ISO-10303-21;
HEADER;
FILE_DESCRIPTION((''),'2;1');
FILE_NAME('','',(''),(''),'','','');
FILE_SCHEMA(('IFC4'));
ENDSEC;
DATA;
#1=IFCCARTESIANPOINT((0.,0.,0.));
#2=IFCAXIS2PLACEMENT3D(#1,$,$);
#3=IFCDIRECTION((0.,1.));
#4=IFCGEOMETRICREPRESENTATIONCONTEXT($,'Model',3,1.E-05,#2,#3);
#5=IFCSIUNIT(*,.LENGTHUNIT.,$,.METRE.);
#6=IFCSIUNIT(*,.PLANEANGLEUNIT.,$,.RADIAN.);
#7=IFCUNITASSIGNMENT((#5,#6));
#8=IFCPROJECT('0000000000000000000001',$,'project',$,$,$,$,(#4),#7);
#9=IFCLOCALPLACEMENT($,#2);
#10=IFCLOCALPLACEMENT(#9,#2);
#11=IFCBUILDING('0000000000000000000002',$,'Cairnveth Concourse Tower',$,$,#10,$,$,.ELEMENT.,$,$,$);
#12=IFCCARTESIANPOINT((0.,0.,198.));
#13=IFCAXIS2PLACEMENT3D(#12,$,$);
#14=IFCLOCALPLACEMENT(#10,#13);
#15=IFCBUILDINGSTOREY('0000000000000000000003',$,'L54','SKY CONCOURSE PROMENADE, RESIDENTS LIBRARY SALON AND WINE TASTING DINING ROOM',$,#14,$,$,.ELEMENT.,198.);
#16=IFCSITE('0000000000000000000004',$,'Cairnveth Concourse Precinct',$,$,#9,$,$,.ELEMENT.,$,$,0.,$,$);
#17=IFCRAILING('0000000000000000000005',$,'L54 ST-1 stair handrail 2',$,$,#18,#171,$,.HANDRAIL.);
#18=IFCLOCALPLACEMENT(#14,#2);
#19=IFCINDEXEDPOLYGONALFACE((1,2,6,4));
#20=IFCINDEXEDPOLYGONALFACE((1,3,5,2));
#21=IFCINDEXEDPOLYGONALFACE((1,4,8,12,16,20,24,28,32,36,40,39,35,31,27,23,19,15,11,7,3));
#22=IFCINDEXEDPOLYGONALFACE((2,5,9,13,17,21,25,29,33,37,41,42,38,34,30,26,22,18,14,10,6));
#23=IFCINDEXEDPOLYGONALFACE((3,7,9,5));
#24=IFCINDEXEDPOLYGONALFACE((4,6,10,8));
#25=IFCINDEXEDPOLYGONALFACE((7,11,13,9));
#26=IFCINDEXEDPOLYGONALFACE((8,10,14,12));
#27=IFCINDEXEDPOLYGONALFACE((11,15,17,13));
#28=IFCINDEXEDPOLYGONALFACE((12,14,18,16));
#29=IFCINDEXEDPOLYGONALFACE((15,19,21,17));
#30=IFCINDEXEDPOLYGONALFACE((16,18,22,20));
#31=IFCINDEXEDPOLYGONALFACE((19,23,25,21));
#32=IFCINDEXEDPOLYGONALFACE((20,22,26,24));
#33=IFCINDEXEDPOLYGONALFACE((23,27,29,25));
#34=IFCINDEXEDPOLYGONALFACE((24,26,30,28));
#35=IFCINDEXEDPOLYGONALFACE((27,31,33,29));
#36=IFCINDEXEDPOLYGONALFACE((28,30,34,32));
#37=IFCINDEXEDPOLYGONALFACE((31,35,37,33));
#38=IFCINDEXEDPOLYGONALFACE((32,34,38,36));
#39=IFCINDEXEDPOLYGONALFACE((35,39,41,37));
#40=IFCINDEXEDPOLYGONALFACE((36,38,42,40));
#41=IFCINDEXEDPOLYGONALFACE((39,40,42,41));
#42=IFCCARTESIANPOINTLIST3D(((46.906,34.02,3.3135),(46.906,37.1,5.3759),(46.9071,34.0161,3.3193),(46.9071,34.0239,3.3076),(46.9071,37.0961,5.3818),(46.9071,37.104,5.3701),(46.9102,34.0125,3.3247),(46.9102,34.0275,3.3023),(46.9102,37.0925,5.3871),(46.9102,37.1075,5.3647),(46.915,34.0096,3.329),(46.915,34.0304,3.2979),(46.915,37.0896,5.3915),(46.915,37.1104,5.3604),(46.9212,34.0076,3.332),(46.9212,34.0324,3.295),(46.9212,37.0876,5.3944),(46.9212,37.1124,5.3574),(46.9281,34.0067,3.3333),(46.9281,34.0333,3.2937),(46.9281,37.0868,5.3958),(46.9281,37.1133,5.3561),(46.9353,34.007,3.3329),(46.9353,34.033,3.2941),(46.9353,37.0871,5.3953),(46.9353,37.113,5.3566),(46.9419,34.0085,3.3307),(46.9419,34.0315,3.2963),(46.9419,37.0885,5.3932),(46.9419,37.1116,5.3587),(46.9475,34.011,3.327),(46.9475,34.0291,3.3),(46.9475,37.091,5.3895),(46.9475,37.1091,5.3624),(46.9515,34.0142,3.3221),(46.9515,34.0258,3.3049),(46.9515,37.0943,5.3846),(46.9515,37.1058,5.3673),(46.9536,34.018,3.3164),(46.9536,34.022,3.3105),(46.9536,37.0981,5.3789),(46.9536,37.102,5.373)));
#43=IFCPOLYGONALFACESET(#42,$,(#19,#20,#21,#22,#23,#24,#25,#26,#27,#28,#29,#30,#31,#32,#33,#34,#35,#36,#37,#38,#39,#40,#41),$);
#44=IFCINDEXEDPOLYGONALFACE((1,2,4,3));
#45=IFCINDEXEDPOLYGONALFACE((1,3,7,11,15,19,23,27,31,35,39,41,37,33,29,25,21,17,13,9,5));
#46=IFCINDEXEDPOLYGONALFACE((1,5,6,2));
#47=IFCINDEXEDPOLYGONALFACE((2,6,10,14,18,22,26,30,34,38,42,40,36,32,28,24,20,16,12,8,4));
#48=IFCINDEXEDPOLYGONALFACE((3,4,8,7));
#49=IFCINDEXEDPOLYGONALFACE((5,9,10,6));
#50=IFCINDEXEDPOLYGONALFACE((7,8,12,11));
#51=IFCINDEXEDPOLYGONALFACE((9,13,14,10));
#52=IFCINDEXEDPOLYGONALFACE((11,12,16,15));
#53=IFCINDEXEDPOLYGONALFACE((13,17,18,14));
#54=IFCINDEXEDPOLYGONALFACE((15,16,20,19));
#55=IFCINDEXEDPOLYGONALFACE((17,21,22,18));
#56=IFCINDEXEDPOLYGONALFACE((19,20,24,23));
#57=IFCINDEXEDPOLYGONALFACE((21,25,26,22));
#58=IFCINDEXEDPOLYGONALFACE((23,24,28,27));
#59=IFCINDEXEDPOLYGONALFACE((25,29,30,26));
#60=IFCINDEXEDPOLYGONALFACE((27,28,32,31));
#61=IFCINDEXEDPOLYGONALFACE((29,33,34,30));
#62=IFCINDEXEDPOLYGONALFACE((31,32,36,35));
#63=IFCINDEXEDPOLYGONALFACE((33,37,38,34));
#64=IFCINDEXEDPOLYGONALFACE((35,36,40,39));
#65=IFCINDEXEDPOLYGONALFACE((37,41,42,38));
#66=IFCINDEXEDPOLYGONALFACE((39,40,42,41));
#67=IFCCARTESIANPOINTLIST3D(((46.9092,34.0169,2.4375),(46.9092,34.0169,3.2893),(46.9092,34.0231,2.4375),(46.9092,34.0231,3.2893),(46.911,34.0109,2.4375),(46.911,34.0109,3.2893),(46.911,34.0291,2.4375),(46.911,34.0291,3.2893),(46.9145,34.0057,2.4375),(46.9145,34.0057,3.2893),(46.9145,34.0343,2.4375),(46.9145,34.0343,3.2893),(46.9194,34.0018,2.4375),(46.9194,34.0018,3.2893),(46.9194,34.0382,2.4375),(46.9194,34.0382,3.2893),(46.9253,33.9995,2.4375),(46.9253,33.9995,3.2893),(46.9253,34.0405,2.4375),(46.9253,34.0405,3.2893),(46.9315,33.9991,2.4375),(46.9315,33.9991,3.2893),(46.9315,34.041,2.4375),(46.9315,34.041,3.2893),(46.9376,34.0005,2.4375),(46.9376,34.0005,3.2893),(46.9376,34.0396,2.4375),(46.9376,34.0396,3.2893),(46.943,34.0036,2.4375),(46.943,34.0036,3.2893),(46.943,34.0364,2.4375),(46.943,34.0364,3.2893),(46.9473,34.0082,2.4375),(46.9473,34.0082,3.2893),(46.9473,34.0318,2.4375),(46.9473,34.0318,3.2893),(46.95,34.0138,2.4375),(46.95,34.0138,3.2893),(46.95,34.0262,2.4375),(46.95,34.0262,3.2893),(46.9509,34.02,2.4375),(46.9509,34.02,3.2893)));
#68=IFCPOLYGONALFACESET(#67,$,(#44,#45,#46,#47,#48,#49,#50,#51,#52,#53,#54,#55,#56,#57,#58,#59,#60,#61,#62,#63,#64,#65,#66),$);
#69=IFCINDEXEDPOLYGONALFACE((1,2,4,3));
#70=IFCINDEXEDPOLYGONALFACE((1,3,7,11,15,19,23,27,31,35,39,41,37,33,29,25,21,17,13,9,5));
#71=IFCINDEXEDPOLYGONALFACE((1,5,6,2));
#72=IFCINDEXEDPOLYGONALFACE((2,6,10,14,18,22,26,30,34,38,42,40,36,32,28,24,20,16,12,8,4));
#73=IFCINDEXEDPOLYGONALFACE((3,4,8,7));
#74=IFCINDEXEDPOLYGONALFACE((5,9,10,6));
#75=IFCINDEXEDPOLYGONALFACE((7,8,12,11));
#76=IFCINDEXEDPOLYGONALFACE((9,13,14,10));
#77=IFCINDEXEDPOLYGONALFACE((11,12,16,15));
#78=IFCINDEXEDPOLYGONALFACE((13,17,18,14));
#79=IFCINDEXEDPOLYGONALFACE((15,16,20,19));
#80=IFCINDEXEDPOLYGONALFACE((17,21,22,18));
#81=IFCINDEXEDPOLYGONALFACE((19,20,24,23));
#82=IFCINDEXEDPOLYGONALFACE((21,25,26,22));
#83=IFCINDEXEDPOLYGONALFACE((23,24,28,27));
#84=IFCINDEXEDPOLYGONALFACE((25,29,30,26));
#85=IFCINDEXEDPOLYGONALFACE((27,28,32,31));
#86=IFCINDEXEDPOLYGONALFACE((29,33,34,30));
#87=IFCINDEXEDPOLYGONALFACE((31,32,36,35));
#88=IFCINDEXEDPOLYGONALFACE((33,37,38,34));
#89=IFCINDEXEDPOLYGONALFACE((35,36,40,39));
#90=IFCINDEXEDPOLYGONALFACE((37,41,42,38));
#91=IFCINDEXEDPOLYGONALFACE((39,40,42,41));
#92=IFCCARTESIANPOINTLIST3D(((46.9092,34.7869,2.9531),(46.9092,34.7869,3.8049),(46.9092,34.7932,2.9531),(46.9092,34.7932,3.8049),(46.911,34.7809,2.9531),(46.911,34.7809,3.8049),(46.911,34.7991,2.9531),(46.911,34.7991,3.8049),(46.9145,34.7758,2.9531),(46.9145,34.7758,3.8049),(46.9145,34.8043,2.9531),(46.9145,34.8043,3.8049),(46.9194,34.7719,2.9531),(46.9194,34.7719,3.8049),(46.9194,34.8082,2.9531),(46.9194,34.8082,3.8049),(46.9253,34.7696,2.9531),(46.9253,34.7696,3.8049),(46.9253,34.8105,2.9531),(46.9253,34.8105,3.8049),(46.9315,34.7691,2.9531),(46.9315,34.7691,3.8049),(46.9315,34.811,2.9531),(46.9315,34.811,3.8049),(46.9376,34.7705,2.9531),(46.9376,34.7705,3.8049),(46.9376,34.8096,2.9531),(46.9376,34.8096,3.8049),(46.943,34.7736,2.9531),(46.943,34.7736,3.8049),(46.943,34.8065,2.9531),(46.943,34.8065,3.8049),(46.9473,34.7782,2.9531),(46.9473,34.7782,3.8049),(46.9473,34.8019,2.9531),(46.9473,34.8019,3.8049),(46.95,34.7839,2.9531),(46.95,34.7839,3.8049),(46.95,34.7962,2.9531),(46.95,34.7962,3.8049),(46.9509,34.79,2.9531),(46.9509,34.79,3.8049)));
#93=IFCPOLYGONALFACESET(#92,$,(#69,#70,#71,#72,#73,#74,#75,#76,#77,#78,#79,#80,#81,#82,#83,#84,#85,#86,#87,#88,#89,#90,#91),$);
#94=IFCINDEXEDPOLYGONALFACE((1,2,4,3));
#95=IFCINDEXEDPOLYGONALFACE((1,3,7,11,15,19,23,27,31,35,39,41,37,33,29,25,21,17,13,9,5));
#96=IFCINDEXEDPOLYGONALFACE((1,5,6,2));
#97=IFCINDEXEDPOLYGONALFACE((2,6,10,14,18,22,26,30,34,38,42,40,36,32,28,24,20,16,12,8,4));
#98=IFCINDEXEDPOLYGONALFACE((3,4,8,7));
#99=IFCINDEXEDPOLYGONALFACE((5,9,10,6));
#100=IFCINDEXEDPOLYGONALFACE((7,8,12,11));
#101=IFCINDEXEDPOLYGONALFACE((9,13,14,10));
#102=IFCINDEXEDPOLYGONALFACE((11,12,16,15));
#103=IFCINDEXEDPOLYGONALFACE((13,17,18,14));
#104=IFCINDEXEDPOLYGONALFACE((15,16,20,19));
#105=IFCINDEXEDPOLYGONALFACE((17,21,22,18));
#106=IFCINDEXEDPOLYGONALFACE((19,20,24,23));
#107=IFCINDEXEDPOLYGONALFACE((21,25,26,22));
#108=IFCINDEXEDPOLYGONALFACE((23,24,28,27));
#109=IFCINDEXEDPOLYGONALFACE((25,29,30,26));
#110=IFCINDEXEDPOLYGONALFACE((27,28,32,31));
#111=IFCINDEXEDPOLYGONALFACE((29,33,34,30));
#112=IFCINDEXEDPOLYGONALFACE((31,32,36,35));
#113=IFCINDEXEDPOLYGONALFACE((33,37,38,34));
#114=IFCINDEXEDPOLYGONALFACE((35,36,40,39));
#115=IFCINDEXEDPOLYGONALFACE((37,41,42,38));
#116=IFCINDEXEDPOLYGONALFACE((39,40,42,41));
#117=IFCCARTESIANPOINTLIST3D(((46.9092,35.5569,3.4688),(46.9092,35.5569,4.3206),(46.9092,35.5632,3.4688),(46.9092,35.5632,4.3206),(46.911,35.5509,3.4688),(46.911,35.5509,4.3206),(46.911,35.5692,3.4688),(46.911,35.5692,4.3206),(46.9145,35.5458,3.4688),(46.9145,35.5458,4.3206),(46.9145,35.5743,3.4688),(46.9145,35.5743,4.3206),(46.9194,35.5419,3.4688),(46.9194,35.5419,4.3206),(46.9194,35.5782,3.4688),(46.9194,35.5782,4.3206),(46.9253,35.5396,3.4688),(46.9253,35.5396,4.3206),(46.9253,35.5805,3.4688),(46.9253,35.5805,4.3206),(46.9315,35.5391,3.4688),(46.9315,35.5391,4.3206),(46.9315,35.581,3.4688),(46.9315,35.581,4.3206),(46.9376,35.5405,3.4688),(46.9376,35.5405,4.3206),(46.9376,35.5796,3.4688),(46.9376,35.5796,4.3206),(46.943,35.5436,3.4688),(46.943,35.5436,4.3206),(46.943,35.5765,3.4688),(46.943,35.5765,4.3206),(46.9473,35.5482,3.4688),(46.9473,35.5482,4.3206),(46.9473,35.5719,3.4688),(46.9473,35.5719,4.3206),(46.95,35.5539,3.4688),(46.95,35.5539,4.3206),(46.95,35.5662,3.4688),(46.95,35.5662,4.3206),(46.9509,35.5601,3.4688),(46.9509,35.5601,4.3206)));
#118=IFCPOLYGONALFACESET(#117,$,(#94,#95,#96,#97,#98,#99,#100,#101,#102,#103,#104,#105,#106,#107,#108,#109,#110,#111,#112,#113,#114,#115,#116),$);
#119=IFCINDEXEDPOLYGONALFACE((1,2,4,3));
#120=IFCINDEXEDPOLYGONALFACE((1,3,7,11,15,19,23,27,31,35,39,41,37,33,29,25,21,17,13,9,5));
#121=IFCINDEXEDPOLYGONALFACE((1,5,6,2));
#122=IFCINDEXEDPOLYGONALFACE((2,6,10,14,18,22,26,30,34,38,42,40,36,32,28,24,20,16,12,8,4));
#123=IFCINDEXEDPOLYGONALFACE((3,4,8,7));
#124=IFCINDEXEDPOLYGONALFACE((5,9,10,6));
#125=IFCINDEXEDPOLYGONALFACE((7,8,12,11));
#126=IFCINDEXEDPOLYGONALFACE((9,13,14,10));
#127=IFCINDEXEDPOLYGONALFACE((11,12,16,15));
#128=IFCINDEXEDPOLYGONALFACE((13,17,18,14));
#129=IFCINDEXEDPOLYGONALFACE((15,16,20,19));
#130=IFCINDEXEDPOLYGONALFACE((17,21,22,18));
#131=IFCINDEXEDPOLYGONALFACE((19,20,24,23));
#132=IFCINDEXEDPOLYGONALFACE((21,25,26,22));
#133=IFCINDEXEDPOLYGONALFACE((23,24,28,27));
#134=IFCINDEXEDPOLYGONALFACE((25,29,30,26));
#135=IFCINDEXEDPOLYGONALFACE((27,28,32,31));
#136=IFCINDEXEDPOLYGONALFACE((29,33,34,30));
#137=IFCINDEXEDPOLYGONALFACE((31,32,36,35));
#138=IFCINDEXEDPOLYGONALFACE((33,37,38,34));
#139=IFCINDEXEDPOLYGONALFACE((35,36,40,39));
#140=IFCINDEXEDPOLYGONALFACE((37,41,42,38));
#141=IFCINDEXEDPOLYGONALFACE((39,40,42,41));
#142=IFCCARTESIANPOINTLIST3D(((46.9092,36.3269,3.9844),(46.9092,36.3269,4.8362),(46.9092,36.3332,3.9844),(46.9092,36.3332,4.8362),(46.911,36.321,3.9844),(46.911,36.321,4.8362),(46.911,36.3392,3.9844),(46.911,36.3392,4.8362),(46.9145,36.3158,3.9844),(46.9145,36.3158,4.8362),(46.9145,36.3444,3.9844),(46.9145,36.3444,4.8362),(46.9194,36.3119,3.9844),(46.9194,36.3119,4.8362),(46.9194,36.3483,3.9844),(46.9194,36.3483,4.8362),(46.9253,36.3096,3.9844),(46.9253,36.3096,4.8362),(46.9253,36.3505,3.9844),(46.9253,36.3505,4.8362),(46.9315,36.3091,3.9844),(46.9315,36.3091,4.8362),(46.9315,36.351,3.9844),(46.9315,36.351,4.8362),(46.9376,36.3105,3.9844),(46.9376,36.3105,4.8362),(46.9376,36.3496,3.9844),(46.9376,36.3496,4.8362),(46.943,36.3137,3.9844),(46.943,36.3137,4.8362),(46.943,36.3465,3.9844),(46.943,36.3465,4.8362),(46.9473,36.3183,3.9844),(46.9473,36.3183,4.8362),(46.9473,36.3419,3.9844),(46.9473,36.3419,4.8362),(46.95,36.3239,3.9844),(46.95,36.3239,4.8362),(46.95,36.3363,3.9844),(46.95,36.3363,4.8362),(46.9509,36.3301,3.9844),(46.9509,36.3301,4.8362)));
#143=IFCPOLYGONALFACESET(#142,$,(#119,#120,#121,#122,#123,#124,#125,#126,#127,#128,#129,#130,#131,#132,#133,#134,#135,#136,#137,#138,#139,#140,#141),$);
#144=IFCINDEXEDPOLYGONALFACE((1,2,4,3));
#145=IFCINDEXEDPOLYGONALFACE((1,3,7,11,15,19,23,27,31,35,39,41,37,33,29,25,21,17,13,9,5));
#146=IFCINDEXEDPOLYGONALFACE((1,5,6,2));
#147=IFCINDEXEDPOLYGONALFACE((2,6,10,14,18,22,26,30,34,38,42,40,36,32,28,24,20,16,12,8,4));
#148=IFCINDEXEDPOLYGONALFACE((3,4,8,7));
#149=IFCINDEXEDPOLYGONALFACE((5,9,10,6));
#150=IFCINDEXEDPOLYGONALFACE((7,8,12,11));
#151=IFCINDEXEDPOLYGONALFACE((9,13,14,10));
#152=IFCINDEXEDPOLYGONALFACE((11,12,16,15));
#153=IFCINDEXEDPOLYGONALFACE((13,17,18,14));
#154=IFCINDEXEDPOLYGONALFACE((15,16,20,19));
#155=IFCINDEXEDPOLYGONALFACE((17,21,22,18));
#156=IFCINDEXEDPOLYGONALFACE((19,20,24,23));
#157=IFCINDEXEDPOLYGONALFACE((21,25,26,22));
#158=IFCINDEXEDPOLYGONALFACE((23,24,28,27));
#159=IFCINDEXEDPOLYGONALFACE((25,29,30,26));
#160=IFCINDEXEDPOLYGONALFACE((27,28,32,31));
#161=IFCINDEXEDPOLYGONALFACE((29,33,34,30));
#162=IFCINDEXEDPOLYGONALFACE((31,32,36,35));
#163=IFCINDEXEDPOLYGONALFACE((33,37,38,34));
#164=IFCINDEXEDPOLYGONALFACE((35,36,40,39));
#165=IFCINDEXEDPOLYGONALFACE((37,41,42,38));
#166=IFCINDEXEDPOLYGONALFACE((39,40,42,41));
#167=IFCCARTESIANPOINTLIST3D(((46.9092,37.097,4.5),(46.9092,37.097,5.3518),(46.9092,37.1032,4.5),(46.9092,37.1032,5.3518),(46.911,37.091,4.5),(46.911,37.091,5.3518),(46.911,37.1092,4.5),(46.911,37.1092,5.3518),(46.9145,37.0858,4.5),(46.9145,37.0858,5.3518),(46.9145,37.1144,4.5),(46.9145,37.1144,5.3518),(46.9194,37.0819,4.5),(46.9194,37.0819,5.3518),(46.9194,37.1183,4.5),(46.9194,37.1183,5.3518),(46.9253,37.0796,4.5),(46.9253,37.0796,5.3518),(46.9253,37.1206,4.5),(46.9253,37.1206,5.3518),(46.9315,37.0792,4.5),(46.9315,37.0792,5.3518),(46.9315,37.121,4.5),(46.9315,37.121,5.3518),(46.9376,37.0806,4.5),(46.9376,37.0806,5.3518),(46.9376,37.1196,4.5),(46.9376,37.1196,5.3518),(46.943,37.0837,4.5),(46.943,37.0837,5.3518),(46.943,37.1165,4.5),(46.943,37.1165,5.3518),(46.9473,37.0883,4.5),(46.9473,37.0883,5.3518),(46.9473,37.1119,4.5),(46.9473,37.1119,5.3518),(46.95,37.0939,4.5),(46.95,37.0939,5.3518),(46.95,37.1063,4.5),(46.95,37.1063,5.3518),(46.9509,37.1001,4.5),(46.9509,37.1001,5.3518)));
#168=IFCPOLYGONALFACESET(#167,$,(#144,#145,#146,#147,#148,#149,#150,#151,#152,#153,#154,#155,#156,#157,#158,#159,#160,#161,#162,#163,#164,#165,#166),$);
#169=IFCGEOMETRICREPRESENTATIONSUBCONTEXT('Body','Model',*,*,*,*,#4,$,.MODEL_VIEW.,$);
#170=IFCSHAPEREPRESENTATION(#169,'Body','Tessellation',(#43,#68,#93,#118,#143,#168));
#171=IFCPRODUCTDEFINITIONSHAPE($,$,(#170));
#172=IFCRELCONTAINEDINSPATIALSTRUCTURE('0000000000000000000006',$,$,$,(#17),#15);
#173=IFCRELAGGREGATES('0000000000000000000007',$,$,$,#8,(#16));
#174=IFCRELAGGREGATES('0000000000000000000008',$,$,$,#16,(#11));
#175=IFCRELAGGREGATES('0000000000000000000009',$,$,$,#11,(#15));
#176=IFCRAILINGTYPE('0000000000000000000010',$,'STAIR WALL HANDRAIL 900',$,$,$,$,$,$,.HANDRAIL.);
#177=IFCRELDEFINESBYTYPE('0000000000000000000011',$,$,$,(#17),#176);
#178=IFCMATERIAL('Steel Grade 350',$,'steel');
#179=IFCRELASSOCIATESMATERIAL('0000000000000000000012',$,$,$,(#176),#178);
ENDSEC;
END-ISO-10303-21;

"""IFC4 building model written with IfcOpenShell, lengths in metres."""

from ifc_helpers import new_model, si_unit, direction, frame, origin, origin_2d, place, context, subcontext, project, spatial, circle, extrude, material, type_object, element, save


model = new_model("IFC4")

# Units and contexts
model_context = context("Model", 3, precision=1e-05, world=origin(), true_north=direction((0.0, 1.0)))
body_context = subcontext(model_context, "Body", "Model", "MODEL_VIEW")
ifc_project = project(units=[si_unit("LENGTHUNIT", "METRE"), si_unit("PLANEANGLEUNIT", "RADIAN")], contexts=[model_context])

# Site, building, storey
site_placement = place(None, origin())
site = spatial("IfcSite", under=ifc_project, at=site_placement, Name="Cairnveth Concourse Precinct", CompositionType="ELEMENT", RefElevation=0.0)
building_placement = place(site_placement, origin())
building = spatial("IfcBuilding", under=site, at=building_placement, Name="Cairnveth Concourse Tower", CompositionType="ELEMENT")
storey_placement = place(building_placement, frame((0.0, 0.0, 198.0)))
storey = spatial("IfcBuildingStorey", under=building, at=storey_placement, Name="L54", Description="SKY CONCOURSE PROMENADE, RESIDENTS LIBRARY SALON AND WINE TASTING DINING ROOM", CompositionType="ELEMENT", Elevation=198.0)

# Shared definitions
ifc_material_1 = material(Name="Steel Grade 350", Category="steel")

# Railing
railing_type_1 = type_object("IfcRailingType", Name="STAIR WALL HANDRAIL 900", PredefinedType="HANDRAIL", material=ifc_material_1)
railing_1_placement = place(storey_placement, frame((46.9299, 34.02, 2.4375)))
element("IfcRailing", 1, at=railing_1_placement, inside=storey, type_object=railing_type_1, Name="L54 ST-1 stair handrail 2", PredefinedType="HANDRAIL", context=body_context, shape_type="SweptSolid", body=[
    extrude(circle(Radius=0.0239, at=origin_2d()), frame((0.0, 0.0, 0.876), z_axis=(0.0, 0.830914, 0.556401), x_axis=(-1.0, 0.0, 0.0)), (0.0, 0.0, 1.0), 3.7068),
    extrude(circle(Radius=0.021, at=origin_2d()), origin(), (0.0, 0.0, 1.0), 0.8518),
    extrude(circle(Radius=0.021, at=origin_2d()), frame((0.0, 0.77, 0.5156)), (0.0, 0.0, 1.0), 0.8518),
    extrude(circle(Radius=0.021, at=origin_2d()), frame((0.0, 1.54, 1.0312)), (0.0, 0.0, 1.0), 0.8518),
    extrude(circle(Radius=0.021, at=origin_2d()), frame((0.0, 2.3101, 1.5469)), (0.0, 0.0, 1.0), 0.8518),
    extrude(circle(Radius=0.021, at=origin_2d()), frame((0.0, 3.0801, 2.0625)), (0.0, 0.0, 1.0), 0.8518),
])

save(model, "model.ifc")
